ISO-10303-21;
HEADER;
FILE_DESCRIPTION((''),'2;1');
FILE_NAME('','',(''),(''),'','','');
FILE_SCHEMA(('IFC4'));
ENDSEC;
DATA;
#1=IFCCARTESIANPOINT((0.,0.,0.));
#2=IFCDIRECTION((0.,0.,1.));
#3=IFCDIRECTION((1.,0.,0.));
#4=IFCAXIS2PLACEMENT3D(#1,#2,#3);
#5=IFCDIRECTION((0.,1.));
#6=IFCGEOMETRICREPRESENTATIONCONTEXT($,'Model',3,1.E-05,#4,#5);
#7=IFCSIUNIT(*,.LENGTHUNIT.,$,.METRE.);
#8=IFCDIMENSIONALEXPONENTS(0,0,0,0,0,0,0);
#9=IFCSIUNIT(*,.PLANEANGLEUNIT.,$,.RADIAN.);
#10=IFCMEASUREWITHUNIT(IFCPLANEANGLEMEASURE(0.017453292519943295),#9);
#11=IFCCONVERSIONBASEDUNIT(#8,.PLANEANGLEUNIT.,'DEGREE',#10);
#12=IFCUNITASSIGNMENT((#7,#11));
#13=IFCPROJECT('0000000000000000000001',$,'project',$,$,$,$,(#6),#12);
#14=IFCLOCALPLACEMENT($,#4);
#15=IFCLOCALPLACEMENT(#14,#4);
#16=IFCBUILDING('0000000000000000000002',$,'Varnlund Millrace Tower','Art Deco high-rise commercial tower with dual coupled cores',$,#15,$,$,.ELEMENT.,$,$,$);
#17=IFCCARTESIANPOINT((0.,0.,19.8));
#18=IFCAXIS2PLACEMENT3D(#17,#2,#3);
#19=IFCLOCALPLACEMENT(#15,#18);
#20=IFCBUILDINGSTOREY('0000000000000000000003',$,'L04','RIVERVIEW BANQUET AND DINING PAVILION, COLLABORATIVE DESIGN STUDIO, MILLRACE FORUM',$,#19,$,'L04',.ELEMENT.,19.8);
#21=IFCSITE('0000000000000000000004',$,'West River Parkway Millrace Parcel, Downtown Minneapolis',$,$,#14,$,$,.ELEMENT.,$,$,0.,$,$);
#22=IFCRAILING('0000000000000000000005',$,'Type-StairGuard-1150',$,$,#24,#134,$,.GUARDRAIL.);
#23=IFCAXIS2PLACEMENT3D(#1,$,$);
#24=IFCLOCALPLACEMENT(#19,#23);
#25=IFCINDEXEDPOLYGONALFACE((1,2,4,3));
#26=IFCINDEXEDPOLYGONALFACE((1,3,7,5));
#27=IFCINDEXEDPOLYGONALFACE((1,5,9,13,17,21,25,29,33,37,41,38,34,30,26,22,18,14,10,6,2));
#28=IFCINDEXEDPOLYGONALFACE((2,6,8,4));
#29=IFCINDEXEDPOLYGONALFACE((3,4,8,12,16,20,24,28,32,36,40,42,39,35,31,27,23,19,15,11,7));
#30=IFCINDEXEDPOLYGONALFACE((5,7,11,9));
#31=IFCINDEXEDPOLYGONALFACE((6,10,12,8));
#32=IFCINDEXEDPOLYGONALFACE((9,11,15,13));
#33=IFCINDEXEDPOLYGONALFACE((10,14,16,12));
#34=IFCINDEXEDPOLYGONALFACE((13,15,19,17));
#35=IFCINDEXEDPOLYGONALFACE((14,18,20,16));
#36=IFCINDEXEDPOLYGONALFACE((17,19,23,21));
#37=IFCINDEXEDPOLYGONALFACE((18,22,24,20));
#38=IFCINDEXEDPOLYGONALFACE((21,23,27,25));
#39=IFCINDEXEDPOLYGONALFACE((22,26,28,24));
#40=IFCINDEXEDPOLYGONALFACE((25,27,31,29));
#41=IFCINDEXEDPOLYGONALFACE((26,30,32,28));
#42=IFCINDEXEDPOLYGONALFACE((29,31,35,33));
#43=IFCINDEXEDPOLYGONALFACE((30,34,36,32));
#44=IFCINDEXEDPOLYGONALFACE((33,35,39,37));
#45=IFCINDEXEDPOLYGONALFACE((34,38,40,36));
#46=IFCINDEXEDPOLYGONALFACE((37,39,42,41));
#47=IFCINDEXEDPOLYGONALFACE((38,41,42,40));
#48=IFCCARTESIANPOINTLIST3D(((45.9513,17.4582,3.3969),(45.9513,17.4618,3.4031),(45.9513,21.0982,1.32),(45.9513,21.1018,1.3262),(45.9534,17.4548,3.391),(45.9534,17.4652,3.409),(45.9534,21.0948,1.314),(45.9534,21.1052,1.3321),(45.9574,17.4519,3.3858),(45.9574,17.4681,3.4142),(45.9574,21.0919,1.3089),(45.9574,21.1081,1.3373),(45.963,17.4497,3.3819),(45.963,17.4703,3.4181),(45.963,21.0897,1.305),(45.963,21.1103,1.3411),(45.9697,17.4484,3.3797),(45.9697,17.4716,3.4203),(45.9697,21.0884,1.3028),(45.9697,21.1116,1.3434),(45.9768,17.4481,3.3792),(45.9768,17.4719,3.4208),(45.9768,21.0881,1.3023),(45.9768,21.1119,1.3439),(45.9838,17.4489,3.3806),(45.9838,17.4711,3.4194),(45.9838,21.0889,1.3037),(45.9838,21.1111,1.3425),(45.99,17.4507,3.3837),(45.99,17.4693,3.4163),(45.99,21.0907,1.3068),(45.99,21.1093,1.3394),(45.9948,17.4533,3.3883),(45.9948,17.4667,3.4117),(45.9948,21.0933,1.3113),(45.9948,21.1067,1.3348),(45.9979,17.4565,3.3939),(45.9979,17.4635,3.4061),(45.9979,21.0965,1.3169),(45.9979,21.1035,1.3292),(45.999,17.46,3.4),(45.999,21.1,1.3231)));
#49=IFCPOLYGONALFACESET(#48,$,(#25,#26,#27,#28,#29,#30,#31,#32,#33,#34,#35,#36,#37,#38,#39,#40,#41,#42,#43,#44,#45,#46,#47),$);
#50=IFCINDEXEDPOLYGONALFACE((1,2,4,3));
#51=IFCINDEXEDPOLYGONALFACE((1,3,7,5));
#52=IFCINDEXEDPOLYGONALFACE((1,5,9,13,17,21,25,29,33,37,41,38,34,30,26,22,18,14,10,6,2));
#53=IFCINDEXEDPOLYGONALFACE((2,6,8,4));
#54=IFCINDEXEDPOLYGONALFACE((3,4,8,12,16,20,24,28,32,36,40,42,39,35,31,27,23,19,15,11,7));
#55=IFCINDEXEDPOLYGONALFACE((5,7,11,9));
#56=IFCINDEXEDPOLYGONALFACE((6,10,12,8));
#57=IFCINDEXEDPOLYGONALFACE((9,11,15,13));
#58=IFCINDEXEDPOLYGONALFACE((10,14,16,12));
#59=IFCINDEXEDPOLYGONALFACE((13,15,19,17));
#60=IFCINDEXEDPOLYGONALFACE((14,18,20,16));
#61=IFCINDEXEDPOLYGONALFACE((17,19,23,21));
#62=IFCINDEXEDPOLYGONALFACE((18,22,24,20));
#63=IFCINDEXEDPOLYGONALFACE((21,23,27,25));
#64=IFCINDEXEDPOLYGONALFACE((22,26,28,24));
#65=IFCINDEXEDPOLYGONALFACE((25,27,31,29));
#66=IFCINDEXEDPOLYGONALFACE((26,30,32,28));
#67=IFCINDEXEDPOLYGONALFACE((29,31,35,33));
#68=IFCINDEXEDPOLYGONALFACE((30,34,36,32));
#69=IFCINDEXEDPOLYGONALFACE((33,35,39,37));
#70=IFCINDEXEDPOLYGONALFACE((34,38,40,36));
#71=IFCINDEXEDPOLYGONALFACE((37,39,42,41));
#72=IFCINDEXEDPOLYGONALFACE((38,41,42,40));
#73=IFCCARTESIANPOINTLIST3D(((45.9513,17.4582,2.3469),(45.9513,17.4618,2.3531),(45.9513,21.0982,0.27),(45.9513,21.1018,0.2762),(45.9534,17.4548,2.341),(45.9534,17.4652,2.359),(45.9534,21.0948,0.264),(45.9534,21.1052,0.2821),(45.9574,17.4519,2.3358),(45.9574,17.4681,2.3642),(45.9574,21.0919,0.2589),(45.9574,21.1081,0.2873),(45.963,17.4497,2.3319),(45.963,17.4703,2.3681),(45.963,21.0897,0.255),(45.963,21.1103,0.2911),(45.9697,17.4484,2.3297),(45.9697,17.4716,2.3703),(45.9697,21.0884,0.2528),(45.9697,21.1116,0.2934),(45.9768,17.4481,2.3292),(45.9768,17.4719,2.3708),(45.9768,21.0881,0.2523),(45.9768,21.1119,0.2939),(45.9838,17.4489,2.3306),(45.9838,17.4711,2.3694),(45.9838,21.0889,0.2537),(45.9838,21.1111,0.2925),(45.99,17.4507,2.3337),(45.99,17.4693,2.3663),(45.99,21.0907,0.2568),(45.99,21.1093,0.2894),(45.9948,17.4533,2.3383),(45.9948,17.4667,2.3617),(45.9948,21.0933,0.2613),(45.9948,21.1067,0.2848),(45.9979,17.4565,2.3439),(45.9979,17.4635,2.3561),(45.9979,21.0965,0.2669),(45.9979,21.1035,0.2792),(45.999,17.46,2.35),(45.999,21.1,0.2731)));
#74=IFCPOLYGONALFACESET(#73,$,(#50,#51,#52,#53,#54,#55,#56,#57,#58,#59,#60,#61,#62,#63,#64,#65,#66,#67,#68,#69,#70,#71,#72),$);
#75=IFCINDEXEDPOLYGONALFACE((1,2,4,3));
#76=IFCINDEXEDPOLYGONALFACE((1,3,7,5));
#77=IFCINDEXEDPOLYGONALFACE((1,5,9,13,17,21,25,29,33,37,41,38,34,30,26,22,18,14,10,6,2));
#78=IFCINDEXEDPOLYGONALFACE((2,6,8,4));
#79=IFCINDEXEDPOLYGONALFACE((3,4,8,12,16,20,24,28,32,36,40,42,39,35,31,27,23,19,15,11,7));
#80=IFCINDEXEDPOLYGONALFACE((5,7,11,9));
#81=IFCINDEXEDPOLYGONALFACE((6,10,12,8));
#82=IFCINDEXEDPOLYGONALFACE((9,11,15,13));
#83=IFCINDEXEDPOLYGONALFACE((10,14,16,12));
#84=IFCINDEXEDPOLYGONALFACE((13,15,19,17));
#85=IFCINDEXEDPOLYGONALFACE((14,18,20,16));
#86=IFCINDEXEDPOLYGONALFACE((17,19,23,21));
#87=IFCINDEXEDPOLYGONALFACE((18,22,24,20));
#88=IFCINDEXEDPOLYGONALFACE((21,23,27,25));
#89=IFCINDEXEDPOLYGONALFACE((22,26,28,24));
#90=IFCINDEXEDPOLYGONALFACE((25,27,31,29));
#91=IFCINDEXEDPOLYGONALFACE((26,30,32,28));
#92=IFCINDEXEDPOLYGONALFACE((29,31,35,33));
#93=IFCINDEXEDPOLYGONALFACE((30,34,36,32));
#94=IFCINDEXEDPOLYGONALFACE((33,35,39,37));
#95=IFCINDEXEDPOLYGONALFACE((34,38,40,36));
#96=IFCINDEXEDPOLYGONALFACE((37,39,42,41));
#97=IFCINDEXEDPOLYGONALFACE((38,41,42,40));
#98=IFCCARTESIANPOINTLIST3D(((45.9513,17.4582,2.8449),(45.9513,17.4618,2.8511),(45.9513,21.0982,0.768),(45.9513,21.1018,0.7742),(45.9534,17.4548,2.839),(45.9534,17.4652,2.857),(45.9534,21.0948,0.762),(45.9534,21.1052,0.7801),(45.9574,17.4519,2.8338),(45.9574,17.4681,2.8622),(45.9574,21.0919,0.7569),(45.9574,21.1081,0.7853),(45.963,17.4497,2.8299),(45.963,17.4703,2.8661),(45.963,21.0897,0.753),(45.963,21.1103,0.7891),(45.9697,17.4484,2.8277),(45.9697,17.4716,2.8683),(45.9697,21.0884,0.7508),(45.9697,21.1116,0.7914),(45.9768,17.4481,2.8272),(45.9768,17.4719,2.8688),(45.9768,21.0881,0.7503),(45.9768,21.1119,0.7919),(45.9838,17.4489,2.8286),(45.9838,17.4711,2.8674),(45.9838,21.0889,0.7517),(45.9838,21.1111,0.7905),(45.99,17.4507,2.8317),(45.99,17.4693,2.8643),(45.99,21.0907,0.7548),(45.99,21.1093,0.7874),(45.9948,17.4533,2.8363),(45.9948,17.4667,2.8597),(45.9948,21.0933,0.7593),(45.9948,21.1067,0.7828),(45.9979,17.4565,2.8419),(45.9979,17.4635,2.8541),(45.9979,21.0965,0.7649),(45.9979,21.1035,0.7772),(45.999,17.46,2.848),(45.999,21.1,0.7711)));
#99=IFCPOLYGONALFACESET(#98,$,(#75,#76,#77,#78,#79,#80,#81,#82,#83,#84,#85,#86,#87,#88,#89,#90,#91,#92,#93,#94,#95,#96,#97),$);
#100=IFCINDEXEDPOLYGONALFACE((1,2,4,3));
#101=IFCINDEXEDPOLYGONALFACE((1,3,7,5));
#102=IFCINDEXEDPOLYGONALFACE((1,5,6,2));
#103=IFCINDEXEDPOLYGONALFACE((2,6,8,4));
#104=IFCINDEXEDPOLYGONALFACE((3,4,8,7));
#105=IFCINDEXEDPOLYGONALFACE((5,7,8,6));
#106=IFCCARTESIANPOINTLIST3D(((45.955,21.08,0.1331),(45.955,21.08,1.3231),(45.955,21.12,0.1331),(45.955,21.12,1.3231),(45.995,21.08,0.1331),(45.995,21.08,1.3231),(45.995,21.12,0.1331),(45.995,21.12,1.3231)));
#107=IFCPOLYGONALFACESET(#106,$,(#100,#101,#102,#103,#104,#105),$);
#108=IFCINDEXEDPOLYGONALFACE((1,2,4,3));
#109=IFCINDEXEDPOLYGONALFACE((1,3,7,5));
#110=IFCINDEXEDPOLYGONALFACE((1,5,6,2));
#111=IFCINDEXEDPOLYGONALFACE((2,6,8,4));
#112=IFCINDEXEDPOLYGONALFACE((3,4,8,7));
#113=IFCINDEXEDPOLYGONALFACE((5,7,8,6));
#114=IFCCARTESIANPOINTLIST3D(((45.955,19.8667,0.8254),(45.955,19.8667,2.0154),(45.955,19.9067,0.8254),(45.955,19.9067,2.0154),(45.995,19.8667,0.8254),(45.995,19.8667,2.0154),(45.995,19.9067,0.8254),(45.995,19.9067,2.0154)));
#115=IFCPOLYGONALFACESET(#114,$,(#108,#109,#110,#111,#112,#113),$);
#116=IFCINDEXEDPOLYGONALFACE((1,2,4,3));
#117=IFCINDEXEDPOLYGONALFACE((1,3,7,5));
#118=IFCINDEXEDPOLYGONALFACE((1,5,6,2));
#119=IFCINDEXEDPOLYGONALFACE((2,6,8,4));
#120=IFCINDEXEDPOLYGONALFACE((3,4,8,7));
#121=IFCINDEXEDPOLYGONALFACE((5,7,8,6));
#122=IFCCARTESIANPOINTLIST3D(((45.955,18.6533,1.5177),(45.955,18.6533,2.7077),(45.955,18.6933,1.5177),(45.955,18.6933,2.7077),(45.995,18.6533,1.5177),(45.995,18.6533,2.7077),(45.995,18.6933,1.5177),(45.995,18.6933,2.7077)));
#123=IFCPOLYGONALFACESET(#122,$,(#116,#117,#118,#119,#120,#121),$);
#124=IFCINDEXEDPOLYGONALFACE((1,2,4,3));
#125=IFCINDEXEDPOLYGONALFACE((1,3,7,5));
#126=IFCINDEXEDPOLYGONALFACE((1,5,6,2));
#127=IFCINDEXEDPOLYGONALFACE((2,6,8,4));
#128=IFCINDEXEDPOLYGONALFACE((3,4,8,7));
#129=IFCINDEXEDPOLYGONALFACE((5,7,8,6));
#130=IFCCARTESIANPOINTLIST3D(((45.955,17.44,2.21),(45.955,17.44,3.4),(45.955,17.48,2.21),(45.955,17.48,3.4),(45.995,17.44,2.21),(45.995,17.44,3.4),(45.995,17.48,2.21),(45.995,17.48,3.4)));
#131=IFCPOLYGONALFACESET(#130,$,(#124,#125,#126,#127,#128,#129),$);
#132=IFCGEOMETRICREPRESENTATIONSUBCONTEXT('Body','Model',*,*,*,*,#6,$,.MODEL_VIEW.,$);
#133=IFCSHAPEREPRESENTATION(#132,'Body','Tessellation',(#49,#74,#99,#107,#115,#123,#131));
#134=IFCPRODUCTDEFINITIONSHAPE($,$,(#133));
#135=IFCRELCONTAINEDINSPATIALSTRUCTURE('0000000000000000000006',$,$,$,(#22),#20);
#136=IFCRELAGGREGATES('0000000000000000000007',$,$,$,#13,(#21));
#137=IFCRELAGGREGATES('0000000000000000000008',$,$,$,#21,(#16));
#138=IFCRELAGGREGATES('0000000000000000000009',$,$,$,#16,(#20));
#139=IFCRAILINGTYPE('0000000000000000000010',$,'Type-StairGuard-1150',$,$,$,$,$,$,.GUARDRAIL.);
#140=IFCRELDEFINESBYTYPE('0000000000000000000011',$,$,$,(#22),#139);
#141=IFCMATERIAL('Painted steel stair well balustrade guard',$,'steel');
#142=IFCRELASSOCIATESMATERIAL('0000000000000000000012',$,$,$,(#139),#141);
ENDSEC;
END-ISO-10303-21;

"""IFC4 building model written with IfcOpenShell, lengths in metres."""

from ifc_helpers import new_model, entity, si_unit, converted_unit, direction, frame, origin_with_axes, origin_2d_with_axis, place, context, subcontext, project, spatial, rectangle, circle, extrude, material, type_object, element, save


model = new_model("IFC4")

# Units and contexts
model_context = context("Model", 3, precision=1e-05, world=origin_with_axes(), true_north=direction((0.0, 1.0)))
body_context = subcontext(model_context, "Body", "Model", "MODEL_VIEW")
ifc_project = project(units=[si_unit("LENGTHUNIT", "METRE"), converted_unit("PLANEANGLEUNIT", "DEGREE", entity("IfcPlaneAngleMeasure", 0.017453292519943295), si_unit("PLANEANGLEUNIT", "RADIAN"), dimensions=[0, 0, 0, 0, 0, 0, 0])], contexts=[model_context])

# Site, building, storey
site_placement = place(None, origin_with_axes())
site = spatial("IfcSite", under=ifc_project, at=site_placement, Name="West River Parkway Millrace Parcel, Downtown Minneapolis", CompositionType="ELEMENT", RefElevation=0.0)
building_placement = place(site_placement, origin_with_axes())
building = spatial("IfcBuilding", under=site, at=building_placement, Name="Varnlund Millrace Tower", Description="Art Deco high-rise commercial tower with dual coupled cores", CompositionType="ELEMENT")
storey_placement = place(building_placement, frame((0.0, 0.0, 19.8), z_axis=(0.0, 0.0, 1.0), x_axis=(1.0, 0.0, 0.0)))
storey = spatial("IfcBuildingStorey", under=building, at=storey_placement, Name="L04", Description="RIVERVIEW BANQUET AND DINING PAVILION, COLLABORATIVE DESIGN STUDIO, MILLRACE FORUM", LongName="L04", CompositionType="ELEMENT", Elevation=19.8)

# Railing
ifc_material_1 = material(Name="Painted steel stair well balustrade guard", Category="steel")
railing_type_1 = type_object("IfcRailingType", Name="Type-StairGuard-1150", PredefinedType="GUARDRAIL", material=ifc_material_1)
railing_1_placement = place(storey_placement, frame((0.0, 0.0, -19.8), z_axis=(0.0, 0.0, 1.0), x_axis=(1.0, 0.0, 0.0)))
element("IfcRailing", 1, at=railing_1_placement, inside=storey, type_object=railing_type_1, Name="Type-StairGuard-1150", PredefinedType="GUARDRAIL", context=body_context, shape_type="SweptSolid", body=[
    extrude(circle(Radius=0.024, at=origin_2d_with_axis()), frame((45.975, 21.1, 21.1231), z_axis=(0.0, -0.868559, 0.495585), x_axis=(1.0, 0.0, 0.0)), (0.0, 0.0, 1.0), 4.1908),
    extrude(circle(Radius=0.024, at=origin_2d_with_axis()), frame((45.975, 21.1, 20.0731), z_axis=(0.0, -0.868559, 0.495585), x_axis=(1.0, 0.0, 0.0)), (0.0, 0.0, 1.0), 4.1908),
    extrude(circle(Radius=0.024, at=origin_2d_with_axis()), frame((45.975, 21.1, 20.5711), z_axis=(0.0, -0.868559, 0.495585), x_axis=(1.0, 0.0, 0.0)), (0.0, 0.0, 1.0), 4.1908),
    extrude(rectangle(XDim=0.04, YDim=0.04, at=origin_2d_with_axis()), frame((45.975, 21.1, 19.9331), z_axis=(0.0, 0.0, 1.0), x_axis=(1.0, 0.0, 0.0)), (0.0, 0.0, 1.0), 1.19),
    extrude(rectangle(XDim=0.04, YDim=0.04, at=origin_2d_with_axis()), frame((45.975, 19.8867, 20.6254), z_axis=(0.0, 0.0, 1.0), x_axis=(1.0, 0.0, 0.0)), (0.0, 0.0, 1.0), 1.19),
    extrude(rectangle(XDim=0.04, YDim=0.04, at=origin_2d_with_axis()), frame((45.975, 18.6733, 21.3177), z_axis=(0.0, 0.0, 1.0), x_axis=(1.0, 0.0, 0.0)), (0.0, 0.0, 1.0), 1.19),
    extrude(rectangle(XDim=0.04, YDim=0.04, at=origin_2d_with_axis()), frame((45.975, 17.46, 22.01), z_axis=(0.0, 0.0, 1.0), x_axis=(1.0, 0.0, 0.0)), (0.0, 0.0, 1.0), 1.19),
])

save(model, "model.ifc")
